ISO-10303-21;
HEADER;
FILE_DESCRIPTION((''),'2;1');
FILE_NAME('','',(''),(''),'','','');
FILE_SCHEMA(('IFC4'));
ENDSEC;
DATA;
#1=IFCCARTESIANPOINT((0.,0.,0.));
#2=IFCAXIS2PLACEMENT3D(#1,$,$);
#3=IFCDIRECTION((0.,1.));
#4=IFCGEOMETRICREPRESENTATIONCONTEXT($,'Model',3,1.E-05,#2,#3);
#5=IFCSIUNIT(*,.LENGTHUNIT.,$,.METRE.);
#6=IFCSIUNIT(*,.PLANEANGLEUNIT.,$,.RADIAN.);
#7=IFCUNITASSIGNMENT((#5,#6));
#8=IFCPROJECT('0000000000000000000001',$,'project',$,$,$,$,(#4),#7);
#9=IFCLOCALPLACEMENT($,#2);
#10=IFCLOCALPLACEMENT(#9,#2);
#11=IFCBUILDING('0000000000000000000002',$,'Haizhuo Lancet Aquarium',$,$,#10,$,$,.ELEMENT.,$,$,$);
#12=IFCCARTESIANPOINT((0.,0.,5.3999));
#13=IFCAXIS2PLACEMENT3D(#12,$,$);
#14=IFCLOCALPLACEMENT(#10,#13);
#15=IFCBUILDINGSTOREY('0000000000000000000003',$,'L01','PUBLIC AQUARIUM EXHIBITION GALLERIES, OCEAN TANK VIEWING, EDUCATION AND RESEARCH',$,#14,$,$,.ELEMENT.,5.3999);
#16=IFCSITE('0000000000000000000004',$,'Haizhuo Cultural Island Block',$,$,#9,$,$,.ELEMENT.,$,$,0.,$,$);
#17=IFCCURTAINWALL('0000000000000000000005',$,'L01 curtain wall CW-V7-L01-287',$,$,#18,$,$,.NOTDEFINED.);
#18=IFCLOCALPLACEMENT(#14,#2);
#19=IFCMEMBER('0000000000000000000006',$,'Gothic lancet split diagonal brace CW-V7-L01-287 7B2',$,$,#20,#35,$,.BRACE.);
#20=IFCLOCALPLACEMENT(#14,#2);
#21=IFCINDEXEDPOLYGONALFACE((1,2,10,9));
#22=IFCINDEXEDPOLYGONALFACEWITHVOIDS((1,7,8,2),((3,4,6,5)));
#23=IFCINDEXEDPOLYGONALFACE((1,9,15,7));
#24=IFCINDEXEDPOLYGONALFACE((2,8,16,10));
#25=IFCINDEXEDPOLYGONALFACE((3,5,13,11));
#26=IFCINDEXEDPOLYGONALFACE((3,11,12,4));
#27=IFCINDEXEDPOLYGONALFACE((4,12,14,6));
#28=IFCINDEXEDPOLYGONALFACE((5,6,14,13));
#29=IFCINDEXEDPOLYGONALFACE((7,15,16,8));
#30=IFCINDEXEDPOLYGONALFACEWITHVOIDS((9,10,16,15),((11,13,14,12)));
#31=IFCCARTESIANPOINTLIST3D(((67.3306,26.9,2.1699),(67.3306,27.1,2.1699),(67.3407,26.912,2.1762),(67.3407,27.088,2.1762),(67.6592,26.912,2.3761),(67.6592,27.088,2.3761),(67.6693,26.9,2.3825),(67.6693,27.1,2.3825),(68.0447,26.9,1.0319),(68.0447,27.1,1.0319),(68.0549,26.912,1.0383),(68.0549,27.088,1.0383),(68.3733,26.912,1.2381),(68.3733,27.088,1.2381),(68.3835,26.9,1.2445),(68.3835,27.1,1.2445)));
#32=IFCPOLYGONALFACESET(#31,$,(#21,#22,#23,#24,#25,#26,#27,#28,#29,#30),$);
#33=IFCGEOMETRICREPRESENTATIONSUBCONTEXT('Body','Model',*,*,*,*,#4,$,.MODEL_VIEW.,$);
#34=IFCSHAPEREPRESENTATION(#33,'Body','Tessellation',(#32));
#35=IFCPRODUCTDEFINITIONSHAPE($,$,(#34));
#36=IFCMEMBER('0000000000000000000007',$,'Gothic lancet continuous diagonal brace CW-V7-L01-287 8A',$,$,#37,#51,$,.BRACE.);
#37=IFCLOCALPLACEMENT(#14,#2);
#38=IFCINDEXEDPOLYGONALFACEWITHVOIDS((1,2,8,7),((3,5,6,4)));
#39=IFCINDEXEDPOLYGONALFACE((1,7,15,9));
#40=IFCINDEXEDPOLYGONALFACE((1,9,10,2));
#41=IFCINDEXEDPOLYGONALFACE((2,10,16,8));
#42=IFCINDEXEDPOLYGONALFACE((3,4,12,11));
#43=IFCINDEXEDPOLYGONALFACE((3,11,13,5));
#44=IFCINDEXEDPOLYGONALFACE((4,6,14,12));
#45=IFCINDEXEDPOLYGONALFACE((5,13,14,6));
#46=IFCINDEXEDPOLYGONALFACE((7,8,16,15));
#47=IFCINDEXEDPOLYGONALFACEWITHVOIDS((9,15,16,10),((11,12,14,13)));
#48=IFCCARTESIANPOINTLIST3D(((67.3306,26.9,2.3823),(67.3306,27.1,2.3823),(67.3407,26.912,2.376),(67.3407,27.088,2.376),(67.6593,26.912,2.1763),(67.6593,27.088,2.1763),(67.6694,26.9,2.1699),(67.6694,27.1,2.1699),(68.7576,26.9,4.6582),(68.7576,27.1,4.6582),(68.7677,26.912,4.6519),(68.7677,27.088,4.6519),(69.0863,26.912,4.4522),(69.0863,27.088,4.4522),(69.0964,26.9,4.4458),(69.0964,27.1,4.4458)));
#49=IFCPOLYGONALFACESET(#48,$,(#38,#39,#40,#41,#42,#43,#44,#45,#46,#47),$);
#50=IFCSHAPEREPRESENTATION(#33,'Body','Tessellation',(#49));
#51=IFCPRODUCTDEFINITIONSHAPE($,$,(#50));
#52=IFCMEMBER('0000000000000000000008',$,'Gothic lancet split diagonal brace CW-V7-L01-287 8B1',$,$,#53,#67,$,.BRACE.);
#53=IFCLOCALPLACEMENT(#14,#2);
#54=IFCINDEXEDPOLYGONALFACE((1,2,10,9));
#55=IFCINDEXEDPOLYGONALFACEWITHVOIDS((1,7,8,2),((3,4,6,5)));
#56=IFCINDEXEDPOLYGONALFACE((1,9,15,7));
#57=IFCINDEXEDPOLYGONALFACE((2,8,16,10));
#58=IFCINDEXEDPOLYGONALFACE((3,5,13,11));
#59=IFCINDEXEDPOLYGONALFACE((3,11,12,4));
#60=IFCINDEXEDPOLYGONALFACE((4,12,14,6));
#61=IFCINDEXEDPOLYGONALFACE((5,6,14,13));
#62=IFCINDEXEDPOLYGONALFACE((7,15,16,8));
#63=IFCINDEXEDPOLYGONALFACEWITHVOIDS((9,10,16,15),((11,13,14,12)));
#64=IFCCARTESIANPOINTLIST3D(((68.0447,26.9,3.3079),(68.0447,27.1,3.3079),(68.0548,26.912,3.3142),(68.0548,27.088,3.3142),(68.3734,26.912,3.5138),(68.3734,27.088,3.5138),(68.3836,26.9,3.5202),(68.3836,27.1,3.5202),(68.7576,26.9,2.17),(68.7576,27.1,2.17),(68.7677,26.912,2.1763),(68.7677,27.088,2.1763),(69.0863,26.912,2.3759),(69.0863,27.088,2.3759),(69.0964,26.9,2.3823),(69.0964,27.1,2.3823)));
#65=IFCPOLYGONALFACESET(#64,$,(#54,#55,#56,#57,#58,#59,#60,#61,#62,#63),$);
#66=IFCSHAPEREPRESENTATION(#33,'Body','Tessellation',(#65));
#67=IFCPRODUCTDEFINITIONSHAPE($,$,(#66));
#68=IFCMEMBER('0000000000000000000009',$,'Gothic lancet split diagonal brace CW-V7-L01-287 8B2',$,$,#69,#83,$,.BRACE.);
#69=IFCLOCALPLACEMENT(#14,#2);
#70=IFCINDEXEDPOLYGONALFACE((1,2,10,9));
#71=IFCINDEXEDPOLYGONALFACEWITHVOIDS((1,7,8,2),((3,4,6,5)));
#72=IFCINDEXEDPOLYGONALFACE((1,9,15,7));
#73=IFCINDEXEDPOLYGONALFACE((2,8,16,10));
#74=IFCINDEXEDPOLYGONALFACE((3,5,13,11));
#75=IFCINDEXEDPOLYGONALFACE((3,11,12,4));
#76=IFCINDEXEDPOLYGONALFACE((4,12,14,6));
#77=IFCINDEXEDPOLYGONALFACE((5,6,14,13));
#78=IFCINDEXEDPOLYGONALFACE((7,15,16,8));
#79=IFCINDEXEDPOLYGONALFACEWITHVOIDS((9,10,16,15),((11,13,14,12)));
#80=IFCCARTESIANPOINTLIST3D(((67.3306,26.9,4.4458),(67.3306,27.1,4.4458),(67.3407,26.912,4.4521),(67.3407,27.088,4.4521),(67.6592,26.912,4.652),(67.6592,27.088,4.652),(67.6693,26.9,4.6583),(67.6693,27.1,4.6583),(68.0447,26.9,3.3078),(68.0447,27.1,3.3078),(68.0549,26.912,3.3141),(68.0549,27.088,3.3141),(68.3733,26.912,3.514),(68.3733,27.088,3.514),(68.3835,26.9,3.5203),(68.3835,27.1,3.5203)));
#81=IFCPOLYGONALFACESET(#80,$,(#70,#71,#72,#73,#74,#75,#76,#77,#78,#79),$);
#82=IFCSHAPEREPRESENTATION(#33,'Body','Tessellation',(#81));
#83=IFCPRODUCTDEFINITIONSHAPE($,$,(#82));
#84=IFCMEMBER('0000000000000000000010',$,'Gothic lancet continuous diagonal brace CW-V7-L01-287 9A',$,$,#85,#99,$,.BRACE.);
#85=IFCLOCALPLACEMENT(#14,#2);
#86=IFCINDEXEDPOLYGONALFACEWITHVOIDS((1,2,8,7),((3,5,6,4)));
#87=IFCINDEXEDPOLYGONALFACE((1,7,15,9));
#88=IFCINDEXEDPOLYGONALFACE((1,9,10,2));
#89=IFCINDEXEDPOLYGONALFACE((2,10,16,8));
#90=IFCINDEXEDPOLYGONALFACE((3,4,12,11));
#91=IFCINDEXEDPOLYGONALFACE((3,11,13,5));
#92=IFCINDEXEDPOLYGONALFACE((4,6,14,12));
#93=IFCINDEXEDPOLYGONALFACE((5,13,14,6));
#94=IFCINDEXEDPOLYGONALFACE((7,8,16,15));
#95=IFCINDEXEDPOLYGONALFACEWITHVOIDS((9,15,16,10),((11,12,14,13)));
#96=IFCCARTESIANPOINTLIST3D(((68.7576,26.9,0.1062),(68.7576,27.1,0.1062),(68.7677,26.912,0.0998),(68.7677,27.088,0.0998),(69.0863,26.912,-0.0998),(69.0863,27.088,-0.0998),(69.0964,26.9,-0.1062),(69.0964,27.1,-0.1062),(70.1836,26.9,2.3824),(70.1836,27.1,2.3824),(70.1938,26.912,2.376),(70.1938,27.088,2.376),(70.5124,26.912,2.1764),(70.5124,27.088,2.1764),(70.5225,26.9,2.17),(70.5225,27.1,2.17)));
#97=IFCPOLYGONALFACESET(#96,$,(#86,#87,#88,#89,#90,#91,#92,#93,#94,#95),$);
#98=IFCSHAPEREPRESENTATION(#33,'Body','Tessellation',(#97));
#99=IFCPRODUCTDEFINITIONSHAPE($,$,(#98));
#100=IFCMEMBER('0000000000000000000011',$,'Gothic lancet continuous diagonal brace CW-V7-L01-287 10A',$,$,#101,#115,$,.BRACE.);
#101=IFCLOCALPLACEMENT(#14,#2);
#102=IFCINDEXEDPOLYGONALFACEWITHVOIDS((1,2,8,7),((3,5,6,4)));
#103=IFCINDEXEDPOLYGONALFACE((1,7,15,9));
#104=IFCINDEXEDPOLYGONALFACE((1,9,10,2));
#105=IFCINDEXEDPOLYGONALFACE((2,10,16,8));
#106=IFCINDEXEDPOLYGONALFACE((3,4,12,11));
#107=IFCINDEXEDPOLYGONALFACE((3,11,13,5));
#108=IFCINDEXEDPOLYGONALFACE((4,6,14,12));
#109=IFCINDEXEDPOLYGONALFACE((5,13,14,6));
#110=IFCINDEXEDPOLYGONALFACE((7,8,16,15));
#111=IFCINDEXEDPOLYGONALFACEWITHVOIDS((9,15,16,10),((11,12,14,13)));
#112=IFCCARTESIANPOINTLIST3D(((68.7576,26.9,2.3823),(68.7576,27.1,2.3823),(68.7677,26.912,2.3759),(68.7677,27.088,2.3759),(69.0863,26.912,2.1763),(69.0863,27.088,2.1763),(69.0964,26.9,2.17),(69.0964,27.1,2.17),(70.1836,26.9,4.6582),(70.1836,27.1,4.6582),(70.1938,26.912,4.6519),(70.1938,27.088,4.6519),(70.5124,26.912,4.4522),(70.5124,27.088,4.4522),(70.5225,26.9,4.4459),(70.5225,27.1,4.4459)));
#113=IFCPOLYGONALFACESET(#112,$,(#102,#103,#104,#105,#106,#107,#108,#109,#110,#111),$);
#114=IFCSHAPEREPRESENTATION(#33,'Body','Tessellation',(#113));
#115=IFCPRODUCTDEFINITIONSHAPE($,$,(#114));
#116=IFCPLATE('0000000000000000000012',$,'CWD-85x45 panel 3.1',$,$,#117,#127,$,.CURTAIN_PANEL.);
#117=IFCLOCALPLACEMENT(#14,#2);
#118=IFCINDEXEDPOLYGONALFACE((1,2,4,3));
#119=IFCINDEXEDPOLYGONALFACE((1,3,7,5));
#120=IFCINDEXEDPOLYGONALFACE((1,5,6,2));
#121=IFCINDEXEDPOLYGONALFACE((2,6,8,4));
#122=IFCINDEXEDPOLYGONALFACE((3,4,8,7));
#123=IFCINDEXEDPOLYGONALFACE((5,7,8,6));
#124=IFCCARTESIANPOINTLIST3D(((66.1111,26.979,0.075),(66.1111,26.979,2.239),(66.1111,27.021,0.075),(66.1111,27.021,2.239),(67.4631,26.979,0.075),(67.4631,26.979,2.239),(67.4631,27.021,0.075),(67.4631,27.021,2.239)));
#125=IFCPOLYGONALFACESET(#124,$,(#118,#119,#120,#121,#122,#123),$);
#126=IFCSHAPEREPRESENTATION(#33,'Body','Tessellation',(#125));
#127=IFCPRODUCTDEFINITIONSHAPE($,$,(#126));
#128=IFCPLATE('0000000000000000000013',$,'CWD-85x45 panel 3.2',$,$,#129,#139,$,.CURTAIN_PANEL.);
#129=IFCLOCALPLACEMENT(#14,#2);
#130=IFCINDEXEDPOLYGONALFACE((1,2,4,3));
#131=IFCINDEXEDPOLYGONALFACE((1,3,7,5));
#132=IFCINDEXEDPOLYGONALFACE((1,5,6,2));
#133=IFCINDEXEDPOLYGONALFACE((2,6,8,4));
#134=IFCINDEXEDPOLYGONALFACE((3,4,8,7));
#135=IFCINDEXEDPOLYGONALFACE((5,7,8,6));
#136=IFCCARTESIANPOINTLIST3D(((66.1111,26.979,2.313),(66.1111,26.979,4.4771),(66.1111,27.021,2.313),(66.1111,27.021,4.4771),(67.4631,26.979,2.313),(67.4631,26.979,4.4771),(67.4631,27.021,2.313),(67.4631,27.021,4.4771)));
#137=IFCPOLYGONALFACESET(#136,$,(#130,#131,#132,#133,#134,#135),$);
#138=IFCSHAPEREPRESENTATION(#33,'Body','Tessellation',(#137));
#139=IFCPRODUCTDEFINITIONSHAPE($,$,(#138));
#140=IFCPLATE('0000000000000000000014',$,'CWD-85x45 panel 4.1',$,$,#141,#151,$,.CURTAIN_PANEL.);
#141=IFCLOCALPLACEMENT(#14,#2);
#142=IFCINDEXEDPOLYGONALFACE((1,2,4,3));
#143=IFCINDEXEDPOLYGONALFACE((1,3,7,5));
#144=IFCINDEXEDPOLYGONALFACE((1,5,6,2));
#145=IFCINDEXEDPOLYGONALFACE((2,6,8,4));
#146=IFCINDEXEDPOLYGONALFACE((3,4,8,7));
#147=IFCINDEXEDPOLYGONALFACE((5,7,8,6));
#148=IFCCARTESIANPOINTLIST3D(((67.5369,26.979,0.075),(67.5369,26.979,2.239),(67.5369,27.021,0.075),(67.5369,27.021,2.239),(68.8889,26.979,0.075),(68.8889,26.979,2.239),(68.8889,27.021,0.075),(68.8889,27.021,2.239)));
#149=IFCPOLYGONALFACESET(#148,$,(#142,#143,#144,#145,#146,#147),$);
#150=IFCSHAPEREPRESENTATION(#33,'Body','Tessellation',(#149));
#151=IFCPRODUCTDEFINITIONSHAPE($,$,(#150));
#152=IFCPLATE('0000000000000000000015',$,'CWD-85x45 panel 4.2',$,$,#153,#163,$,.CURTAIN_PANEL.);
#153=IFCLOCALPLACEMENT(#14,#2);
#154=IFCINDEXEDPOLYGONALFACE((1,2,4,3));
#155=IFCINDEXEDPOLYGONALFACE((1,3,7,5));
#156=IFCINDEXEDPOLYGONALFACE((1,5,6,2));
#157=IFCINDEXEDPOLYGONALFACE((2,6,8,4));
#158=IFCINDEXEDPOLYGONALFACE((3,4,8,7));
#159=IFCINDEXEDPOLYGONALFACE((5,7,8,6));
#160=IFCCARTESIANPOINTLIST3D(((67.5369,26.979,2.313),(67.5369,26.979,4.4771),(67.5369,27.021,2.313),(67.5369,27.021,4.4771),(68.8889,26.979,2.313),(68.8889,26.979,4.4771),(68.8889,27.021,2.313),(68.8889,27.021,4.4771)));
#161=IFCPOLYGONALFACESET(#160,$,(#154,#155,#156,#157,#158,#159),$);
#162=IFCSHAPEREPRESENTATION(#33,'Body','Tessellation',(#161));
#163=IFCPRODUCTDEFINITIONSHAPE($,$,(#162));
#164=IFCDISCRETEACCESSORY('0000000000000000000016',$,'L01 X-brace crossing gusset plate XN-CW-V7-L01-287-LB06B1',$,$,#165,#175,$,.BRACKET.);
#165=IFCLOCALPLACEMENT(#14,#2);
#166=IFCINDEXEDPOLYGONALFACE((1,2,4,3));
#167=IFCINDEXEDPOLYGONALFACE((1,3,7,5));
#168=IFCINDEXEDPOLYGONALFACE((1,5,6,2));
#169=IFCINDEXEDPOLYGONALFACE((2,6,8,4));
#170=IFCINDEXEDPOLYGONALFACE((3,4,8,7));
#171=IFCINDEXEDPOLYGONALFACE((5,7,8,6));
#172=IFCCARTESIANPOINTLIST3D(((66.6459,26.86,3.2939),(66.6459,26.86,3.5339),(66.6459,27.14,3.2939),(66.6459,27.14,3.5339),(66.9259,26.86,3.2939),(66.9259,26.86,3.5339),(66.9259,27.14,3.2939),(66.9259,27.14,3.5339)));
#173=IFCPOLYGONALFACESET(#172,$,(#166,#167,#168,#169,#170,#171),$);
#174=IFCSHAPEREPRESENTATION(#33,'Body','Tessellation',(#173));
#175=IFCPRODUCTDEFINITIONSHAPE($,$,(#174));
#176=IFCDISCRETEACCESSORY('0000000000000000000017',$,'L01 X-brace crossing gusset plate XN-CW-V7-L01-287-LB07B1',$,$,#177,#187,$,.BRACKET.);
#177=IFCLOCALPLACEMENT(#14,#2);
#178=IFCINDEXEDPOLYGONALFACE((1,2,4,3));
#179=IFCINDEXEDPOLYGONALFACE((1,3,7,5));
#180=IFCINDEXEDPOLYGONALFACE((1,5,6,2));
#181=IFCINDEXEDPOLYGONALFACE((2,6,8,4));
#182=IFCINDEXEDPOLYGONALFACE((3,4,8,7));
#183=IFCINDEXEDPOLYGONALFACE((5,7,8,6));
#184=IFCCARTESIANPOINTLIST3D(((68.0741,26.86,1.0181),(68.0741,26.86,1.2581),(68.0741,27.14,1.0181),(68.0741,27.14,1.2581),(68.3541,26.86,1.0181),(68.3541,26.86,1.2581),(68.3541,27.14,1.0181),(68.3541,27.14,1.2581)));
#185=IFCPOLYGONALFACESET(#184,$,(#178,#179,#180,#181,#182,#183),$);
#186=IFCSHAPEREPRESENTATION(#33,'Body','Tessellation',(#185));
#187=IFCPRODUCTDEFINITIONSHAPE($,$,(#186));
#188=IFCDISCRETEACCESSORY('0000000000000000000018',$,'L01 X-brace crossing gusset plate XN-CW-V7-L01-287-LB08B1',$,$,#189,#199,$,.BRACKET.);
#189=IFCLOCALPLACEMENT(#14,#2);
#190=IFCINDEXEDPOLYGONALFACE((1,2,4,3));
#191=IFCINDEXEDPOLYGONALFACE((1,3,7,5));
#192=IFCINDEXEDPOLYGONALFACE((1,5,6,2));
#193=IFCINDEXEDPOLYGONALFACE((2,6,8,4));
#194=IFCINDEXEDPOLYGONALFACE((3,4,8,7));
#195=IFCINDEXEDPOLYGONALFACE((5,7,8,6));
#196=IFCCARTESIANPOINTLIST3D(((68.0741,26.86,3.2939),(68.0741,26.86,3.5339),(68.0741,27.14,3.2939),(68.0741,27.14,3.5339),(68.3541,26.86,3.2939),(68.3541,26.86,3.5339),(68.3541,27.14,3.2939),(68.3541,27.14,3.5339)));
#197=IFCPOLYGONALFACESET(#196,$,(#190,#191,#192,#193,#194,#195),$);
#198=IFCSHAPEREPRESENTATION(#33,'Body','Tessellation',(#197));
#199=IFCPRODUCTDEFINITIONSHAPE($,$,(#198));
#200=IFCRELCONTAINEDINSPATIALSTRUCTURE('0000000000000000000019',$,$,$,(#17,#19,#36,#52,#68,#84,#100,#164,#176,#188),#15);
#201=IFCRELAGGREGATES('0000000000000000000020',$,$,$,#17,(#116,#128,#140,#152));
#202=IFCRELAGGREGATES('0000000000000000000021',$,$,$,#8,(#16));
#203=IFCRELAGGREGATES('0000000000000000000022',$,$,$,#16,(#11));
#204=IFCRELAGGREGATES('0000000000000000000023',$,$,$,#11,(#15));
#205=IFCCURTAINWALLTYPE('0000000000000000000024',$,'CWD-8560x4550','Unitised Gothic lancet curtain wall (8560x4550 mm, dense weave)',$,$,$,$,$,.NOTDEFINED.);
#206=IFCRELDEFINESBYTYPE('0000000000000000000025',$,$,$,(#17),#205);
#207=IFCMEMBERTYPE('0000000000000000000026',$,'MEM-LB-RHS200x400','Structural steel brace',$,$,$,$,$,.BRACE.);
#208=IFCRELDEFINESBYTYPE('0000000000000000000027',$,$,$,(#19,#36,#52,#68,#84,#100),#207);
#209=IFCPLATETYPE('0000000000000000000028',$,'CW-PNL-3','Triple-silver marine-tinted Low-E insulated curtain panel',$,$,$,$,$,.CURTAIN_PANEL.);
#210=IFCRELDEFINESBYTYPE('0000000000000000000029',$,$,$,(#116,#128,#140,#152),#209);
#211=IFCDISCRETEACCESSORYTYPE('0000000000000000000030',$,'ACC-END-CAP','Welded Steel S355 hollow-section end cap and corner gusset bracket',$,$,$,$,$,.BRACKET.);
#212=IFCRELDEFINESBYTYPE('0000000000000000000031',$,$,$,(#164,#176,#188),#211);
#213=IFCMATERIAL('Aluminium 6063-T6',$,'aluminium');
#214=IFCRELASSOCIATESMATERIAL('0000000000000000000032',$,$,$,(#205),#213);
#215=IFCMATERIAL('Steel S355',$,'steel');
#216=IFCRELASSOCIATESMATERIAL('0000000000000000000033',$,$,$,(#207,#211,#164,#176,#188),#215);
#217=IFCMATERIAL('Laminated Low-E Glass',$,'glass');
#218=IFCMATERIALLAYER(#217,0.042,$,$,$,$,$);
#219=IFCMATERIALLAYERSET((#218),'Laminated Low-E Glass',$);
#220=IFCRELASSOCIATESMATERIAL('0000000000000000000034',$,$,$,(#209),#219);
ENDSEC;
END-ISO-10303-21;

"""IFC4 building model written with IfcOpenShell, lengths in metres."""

from ifc_helpers import new_model, si_unit, direction, frame, origin, origin_2d, place, context, subcontext, project, spatial, rectangle, hollow_rectangle, extrude, material, layer, layer_set, material_profile, profile_set, type_object, element, aggregate, save


model = new_model("IFC4")

# Units and contexts
model_context = context("Model", 3, precision=1e-05, world=origin(), true_north=direction((0.0, 1.0)))
body_context = subcontext(model_context, "Body", "Model", "MODEL_VIEW")
ifc_project = project(units=[si_unit("LENGTHUNIT", "METRE"), si_unit("PLANEANGLEUNIT", "RADIAN")], contexts=[model_context])

# Site, building, storey
site_placement = place(None, origin())
site = spatial("IfcSite", under=ifc_project, at=site_placement, Name="Haizhuo Cultural Island Block", CompositionType="ELEMENT", RefElevation=0.0)
building_placement = place(site_placement, origin())
building = spatial("IfcBuilding", under=site, at=building_placement, Name="Haizhuo Lancet Aquarium", CompositionType="ELEMENT")
storey_placement = place(building_placement, frame((0.0, 0.0, 5.3999)))
storey = spatial("IfcBuildingStorey", under=building, at=storey_placement, Name="L01", Description="PUBLIC AQUARIUM EXHIBITION GALLERIES, OCEAN TANK VIEWING, EDUCATION AND RESEARCH", CompositionType="ELEMENT", Elevation=5.3999)

# Curtain wall
ifc_material_1 = material(Name="Aluminium 6063-T6", Category="aluminium")
curtain_wall_type = type_object("IfcCurtainWallType", Name="CWD-8560x4550", Description="Unitised Gothic lancet curtain wall (8560x4550 mm, dense weave)", PredefinedType="NOTDEFINED", material=ifc_material_1)
curtain_wall_placement = place(storey_placement, origin())
curtain_wall = element("IfcCurtainWall", 1, at=curtain_wall_placement, inside=storey, type_object=curtain_wall_type, Name="L01 curtain wall CW-V7-L01-287", PredefinedType="NOTDEFINED")

# Members
ifc_material_2 = material(Name="Steel S355", Category="steel")
ifc_material_profile_1 = material_profile(ifc_material_2, hollow_rectangle(XDim=0.2, YDim=0.3999, WallThickness=0.012, at=origin_2d()), Name="RHS 200x400x12")
ifc_profile_set_1 = profile_set([ifc_material_profile_1], Name="Steel S355")
member_type_1 = type_object("IfcMemberType", Name="MEM-LB-RHS200x400", Description="Structural steel brace", PredefinedType="BRACE", material=ifc_profile_set_1)
member_1_placement = place(storey_placement, frame((68.2141, 27.0, 1.1382), z_axis=(-0.53155, 0.0, 0.847027), x_axis=(0.0, -1.0, 0.0)))
element("IfcMember", 2, at=member_1_placement, inside=storey, type_object=member_type_1, Name="Gothic lancet split diagonal brace CW-V7-L01-287 7B2", PredefinedType="BRACE", context=body_context, shape_type="SweptSolid", body=[
    extrude(hollow_rectangle(XDim=0.2, YDim=0.3999, WallThickness=0.012, at=origin_2d()), origin(), (0.0, 0.0, 1.0), 1.3435),
])
member_2_placement = place(storey_placement, frame((67.5, 27.0, 2.2761), z_axis=(0.531224, 0.0, 0.847232), x_axis=(0.0, 1.0, 0.0)))
element("IfcMember", 3, at=member_2_placement, inside=storey, type_object=member_type_1, Name="Gothic lancet continuous diagonal brace CW-V7-L01-287 8A", PredefinedType="BRACE", context=body_context, shape_type="SweptSolid", body=[
    extrude(hollow_rectangle(XDim=0.2, YDim=0.3999, WallThickness=0.012, at=origin_2d()), origin(), (0.0, 0.0, 1.0), 2.6863),
])
member_3_placement = place(storey_placement, frame((68.927, 27.0, 2.2761), z_axis=(-0.530897, 0.0, 0.847436), x_axis=(0.0, -1.0, 0.0)))
element("IfcMember", 4, at=member_3_placement, inside=storey, type_object=member_type_1, Name="Gothic lancet split diagonal brace CW-V7-L01-287 8B1", PredefinedType="BRACE", context=body_context, shape_type="SweptSolid", body=[
    extrude(hollow_rectangle(XDim=0.2, YDim=0.3999, WallThickness=0.012, at=origin_2d()), origin(), (0.0, 0.0, 1.0), 1.3428),
])
member_4_placement = place(storey_placement, frame((68.2141, 27.0, 3.4141), z_axis=(-0.53155, 0.0, 0.847027), x_axis=(0.0, -1.0, 0.0)))
element("IfcMember", 5, at=member_4_placement, inside=storey, type_object=member_type_1, Name="Gothic lancet split diagonal brace CW-V7-L01-287 8B2", PredefinedType="BRACE", context=body_context, shape_type="SweptSolid", body=[
    extrude(hollow_rectangle(XDim=0.2, YDim=0.3999, WallThickness=0.012, at=origin_2d()), origin(), (0.0, 0.0, 1.0), 1.3435),
])
member_5_placement = place(storey_placement, frame((68.927, 27.0, 0.0), z_axis=(0.530922, 0.0, 0.847421), x_axis=(0.0, 1.0, 0.0)))
element("IfcMember", 6, at=member_5_placement, inside=storey, type_object=member_type_1, Name="Gothic lancet continuous diagonal brace CW-V7-L01-287 9A", PredefinedType="BRACE", context=body_context, shape_type="SweptSolid", body=[
    extrude(hollow_rectangle(XDim=0.2, YDim=0.3999, WallThickness=0.012, at=origin_2d()), origin(), (0.0, 0.0, 1.0), 2.686),
])
member_6_placement = place(storey_placement, frame((68.927, 27.0, 2.2761), z_axis=(0.530963, 0.0, 0.847395), x_axis=(0.0, 1.0, 0.0)))
element("IfcMember", 7, at=member_6_placement, inside=storey, type_object=member_type_1, Name="Gothic lancet continuous diagonal brace CW-V7-L01-287 10A", PredefinedType="BRACE", context=body_context, shape_type="SweptSolid", body=[
    extrude(hollow_rectangle(XDim=0.2, YDim=0.3999, WallThickness=0.012, at=origin_2d()), origin(), (0.0, 0.0, 1.0), 2.6858),
])

# Plates
ifc_material_3 = material(Name="Laminated Low-E Glass", Category="glass")
ifc_layer = layer(ifc_material_3, 0.042)
ifc_layer_set = layer_set([ifc_layer], Name="Laminated Low-E Glass")
plate_type = type_object("IfcPlateType", Name="CW-PNL-3", Description="Triple-silver marine-tinted Low-E insulated curtain panel", PredefinedType="CURTAIN_PANEL", material=ifc_layer_set)
plate_1_placement = place(storey_placement, frame((66.7871, 27.0, 0.075), z_axis=(0.0, 0.0, 1.0), x_axis=(1.0, 0.0, 0.0)))
plate_1 = element("IfcPlate", 8, at=plate_1_placement, type_object=plate_type, Name="CWD-85x45 panel 3.1", PredefinedType="CURTAIN_PANEL", context=body_context, shape_type="SweptSolid", body=[
    extrude(rectangle(XDim=1.3521, YDim=0.042, at=origin_2d()), origin(), (0.0, 0.0, 1.0), 2.1641),
])
plate_2_placement = place(storey_placement, frame((66.7871, 27.0, 2.313), z_axis=(0.0, 0.0, 1.0), x_axis=(1.0, 0.0, 0.0)))
plate_2 = element("IfcPlate", 9, at=plate_2_placement, type_object=plate_type, Name="CWD-85x45 panel 3.2", PredefinedType="CURTAIN_PANEL", context=body_context, shape_type="SweptSolid", body=[
    extrude(rectangle(XDim=1.3521, YDim=0.042, at=origin_2d()), origin(), (0.0, 0.0, 1.0), 2.1641),
])
plate_3_placement = place(storey_placement, frame((68.2129, 27.0, 0.075), z_axis=(0.0, 0.0, 1.0), x_axis=(1.0, 0.0, 0.0)))
plate_3 = element("IfcPlate", 10, at=plate_3_placement, type_object=plate_type, Name="CWD-85x45 panel 4.1", PredefinedType="CURTAIN_PANEL", context=body_context, shape_type="SweptSolid", body=[
    extrude(rectangle(XDim=1.3521, YDim=0.042, at=origin_2d()), origin(), (0.0, 0.0, 1.0), 2.1641),
])
plate_4_placement = place(storey_placement, frame((68.2129, 27.0, 2.313), z_axis=(0.0, 0.0, 1.0), x_axis=(1.0, 0.0, 0.0)))
plate_4 = element("IfcPlate", 11, at=plate_4_placement, type_object=plate_type, Name="CWD-85x45 panel 4.2", PredefinedType="CURTAIN_PANEL", context=body_context, shape_type="SweptSolid", body=[
    extrude(rectangle(XDim=1.3521, YDim=0.042, at=origin_2d()), origin(), (0.0, 0.0, 1.0), 2.1641),
])
aggregate(curtain_wall, [plate_1, plate_2, plate_3, plate_4])

# Discrete accessories
discrete_accessory_type = type_object("IfcDiscreteAccessoryType", Name="ACC-END-CAP", Description="Welded Steel S355 hollow-section end cap and corner gusset bracket", PredefinedType="BRACKET", material=ifc_material_2)
for number, where, z_axis, x_axis, name in (
    (12, (66.7859, 27.0, 3.2939), (0.0, 0.0, 1.0), (1.0, 0.0, 0.0), "L01 X-brace crossing gusset plate XN-CW-V7-L01-287-LB06B1"),
    (13, (68.2141, 27.0, 1.0181), (0.0, 0.0, 1.0), (1.0, 0.0, 0.0), "L01 X-brace crossing gusset plate XN-CW-V7-L01-287-LB07B1"),
    (14, (68.2141, 27.0, 3.2939), (0.0, 0.0, 1.0), (1.0, 0.0, 0.0), "L01 X-brace crossing gusset plate XN-CW-V7-L01-287-LB08B1"),
):
    element("IfcDiscreteAccessory", number, at=place(storey_placement, frame(where, z_axis=z_axis, x_axis=x_axis)), inside=storey, type_object=discrete_accessory_type, material=ifc_material_2, Name=name, PredefinedType="BRACKET", context=body_context, shape_type="SweptSolid", body=[
        extrude(rectangle(XDim=0.28, YDim=0.28, at=origin_2d()), origin(), (0.0, 0.0, 1.0), 0.24),
    ])

save(model, "model.ifc")
